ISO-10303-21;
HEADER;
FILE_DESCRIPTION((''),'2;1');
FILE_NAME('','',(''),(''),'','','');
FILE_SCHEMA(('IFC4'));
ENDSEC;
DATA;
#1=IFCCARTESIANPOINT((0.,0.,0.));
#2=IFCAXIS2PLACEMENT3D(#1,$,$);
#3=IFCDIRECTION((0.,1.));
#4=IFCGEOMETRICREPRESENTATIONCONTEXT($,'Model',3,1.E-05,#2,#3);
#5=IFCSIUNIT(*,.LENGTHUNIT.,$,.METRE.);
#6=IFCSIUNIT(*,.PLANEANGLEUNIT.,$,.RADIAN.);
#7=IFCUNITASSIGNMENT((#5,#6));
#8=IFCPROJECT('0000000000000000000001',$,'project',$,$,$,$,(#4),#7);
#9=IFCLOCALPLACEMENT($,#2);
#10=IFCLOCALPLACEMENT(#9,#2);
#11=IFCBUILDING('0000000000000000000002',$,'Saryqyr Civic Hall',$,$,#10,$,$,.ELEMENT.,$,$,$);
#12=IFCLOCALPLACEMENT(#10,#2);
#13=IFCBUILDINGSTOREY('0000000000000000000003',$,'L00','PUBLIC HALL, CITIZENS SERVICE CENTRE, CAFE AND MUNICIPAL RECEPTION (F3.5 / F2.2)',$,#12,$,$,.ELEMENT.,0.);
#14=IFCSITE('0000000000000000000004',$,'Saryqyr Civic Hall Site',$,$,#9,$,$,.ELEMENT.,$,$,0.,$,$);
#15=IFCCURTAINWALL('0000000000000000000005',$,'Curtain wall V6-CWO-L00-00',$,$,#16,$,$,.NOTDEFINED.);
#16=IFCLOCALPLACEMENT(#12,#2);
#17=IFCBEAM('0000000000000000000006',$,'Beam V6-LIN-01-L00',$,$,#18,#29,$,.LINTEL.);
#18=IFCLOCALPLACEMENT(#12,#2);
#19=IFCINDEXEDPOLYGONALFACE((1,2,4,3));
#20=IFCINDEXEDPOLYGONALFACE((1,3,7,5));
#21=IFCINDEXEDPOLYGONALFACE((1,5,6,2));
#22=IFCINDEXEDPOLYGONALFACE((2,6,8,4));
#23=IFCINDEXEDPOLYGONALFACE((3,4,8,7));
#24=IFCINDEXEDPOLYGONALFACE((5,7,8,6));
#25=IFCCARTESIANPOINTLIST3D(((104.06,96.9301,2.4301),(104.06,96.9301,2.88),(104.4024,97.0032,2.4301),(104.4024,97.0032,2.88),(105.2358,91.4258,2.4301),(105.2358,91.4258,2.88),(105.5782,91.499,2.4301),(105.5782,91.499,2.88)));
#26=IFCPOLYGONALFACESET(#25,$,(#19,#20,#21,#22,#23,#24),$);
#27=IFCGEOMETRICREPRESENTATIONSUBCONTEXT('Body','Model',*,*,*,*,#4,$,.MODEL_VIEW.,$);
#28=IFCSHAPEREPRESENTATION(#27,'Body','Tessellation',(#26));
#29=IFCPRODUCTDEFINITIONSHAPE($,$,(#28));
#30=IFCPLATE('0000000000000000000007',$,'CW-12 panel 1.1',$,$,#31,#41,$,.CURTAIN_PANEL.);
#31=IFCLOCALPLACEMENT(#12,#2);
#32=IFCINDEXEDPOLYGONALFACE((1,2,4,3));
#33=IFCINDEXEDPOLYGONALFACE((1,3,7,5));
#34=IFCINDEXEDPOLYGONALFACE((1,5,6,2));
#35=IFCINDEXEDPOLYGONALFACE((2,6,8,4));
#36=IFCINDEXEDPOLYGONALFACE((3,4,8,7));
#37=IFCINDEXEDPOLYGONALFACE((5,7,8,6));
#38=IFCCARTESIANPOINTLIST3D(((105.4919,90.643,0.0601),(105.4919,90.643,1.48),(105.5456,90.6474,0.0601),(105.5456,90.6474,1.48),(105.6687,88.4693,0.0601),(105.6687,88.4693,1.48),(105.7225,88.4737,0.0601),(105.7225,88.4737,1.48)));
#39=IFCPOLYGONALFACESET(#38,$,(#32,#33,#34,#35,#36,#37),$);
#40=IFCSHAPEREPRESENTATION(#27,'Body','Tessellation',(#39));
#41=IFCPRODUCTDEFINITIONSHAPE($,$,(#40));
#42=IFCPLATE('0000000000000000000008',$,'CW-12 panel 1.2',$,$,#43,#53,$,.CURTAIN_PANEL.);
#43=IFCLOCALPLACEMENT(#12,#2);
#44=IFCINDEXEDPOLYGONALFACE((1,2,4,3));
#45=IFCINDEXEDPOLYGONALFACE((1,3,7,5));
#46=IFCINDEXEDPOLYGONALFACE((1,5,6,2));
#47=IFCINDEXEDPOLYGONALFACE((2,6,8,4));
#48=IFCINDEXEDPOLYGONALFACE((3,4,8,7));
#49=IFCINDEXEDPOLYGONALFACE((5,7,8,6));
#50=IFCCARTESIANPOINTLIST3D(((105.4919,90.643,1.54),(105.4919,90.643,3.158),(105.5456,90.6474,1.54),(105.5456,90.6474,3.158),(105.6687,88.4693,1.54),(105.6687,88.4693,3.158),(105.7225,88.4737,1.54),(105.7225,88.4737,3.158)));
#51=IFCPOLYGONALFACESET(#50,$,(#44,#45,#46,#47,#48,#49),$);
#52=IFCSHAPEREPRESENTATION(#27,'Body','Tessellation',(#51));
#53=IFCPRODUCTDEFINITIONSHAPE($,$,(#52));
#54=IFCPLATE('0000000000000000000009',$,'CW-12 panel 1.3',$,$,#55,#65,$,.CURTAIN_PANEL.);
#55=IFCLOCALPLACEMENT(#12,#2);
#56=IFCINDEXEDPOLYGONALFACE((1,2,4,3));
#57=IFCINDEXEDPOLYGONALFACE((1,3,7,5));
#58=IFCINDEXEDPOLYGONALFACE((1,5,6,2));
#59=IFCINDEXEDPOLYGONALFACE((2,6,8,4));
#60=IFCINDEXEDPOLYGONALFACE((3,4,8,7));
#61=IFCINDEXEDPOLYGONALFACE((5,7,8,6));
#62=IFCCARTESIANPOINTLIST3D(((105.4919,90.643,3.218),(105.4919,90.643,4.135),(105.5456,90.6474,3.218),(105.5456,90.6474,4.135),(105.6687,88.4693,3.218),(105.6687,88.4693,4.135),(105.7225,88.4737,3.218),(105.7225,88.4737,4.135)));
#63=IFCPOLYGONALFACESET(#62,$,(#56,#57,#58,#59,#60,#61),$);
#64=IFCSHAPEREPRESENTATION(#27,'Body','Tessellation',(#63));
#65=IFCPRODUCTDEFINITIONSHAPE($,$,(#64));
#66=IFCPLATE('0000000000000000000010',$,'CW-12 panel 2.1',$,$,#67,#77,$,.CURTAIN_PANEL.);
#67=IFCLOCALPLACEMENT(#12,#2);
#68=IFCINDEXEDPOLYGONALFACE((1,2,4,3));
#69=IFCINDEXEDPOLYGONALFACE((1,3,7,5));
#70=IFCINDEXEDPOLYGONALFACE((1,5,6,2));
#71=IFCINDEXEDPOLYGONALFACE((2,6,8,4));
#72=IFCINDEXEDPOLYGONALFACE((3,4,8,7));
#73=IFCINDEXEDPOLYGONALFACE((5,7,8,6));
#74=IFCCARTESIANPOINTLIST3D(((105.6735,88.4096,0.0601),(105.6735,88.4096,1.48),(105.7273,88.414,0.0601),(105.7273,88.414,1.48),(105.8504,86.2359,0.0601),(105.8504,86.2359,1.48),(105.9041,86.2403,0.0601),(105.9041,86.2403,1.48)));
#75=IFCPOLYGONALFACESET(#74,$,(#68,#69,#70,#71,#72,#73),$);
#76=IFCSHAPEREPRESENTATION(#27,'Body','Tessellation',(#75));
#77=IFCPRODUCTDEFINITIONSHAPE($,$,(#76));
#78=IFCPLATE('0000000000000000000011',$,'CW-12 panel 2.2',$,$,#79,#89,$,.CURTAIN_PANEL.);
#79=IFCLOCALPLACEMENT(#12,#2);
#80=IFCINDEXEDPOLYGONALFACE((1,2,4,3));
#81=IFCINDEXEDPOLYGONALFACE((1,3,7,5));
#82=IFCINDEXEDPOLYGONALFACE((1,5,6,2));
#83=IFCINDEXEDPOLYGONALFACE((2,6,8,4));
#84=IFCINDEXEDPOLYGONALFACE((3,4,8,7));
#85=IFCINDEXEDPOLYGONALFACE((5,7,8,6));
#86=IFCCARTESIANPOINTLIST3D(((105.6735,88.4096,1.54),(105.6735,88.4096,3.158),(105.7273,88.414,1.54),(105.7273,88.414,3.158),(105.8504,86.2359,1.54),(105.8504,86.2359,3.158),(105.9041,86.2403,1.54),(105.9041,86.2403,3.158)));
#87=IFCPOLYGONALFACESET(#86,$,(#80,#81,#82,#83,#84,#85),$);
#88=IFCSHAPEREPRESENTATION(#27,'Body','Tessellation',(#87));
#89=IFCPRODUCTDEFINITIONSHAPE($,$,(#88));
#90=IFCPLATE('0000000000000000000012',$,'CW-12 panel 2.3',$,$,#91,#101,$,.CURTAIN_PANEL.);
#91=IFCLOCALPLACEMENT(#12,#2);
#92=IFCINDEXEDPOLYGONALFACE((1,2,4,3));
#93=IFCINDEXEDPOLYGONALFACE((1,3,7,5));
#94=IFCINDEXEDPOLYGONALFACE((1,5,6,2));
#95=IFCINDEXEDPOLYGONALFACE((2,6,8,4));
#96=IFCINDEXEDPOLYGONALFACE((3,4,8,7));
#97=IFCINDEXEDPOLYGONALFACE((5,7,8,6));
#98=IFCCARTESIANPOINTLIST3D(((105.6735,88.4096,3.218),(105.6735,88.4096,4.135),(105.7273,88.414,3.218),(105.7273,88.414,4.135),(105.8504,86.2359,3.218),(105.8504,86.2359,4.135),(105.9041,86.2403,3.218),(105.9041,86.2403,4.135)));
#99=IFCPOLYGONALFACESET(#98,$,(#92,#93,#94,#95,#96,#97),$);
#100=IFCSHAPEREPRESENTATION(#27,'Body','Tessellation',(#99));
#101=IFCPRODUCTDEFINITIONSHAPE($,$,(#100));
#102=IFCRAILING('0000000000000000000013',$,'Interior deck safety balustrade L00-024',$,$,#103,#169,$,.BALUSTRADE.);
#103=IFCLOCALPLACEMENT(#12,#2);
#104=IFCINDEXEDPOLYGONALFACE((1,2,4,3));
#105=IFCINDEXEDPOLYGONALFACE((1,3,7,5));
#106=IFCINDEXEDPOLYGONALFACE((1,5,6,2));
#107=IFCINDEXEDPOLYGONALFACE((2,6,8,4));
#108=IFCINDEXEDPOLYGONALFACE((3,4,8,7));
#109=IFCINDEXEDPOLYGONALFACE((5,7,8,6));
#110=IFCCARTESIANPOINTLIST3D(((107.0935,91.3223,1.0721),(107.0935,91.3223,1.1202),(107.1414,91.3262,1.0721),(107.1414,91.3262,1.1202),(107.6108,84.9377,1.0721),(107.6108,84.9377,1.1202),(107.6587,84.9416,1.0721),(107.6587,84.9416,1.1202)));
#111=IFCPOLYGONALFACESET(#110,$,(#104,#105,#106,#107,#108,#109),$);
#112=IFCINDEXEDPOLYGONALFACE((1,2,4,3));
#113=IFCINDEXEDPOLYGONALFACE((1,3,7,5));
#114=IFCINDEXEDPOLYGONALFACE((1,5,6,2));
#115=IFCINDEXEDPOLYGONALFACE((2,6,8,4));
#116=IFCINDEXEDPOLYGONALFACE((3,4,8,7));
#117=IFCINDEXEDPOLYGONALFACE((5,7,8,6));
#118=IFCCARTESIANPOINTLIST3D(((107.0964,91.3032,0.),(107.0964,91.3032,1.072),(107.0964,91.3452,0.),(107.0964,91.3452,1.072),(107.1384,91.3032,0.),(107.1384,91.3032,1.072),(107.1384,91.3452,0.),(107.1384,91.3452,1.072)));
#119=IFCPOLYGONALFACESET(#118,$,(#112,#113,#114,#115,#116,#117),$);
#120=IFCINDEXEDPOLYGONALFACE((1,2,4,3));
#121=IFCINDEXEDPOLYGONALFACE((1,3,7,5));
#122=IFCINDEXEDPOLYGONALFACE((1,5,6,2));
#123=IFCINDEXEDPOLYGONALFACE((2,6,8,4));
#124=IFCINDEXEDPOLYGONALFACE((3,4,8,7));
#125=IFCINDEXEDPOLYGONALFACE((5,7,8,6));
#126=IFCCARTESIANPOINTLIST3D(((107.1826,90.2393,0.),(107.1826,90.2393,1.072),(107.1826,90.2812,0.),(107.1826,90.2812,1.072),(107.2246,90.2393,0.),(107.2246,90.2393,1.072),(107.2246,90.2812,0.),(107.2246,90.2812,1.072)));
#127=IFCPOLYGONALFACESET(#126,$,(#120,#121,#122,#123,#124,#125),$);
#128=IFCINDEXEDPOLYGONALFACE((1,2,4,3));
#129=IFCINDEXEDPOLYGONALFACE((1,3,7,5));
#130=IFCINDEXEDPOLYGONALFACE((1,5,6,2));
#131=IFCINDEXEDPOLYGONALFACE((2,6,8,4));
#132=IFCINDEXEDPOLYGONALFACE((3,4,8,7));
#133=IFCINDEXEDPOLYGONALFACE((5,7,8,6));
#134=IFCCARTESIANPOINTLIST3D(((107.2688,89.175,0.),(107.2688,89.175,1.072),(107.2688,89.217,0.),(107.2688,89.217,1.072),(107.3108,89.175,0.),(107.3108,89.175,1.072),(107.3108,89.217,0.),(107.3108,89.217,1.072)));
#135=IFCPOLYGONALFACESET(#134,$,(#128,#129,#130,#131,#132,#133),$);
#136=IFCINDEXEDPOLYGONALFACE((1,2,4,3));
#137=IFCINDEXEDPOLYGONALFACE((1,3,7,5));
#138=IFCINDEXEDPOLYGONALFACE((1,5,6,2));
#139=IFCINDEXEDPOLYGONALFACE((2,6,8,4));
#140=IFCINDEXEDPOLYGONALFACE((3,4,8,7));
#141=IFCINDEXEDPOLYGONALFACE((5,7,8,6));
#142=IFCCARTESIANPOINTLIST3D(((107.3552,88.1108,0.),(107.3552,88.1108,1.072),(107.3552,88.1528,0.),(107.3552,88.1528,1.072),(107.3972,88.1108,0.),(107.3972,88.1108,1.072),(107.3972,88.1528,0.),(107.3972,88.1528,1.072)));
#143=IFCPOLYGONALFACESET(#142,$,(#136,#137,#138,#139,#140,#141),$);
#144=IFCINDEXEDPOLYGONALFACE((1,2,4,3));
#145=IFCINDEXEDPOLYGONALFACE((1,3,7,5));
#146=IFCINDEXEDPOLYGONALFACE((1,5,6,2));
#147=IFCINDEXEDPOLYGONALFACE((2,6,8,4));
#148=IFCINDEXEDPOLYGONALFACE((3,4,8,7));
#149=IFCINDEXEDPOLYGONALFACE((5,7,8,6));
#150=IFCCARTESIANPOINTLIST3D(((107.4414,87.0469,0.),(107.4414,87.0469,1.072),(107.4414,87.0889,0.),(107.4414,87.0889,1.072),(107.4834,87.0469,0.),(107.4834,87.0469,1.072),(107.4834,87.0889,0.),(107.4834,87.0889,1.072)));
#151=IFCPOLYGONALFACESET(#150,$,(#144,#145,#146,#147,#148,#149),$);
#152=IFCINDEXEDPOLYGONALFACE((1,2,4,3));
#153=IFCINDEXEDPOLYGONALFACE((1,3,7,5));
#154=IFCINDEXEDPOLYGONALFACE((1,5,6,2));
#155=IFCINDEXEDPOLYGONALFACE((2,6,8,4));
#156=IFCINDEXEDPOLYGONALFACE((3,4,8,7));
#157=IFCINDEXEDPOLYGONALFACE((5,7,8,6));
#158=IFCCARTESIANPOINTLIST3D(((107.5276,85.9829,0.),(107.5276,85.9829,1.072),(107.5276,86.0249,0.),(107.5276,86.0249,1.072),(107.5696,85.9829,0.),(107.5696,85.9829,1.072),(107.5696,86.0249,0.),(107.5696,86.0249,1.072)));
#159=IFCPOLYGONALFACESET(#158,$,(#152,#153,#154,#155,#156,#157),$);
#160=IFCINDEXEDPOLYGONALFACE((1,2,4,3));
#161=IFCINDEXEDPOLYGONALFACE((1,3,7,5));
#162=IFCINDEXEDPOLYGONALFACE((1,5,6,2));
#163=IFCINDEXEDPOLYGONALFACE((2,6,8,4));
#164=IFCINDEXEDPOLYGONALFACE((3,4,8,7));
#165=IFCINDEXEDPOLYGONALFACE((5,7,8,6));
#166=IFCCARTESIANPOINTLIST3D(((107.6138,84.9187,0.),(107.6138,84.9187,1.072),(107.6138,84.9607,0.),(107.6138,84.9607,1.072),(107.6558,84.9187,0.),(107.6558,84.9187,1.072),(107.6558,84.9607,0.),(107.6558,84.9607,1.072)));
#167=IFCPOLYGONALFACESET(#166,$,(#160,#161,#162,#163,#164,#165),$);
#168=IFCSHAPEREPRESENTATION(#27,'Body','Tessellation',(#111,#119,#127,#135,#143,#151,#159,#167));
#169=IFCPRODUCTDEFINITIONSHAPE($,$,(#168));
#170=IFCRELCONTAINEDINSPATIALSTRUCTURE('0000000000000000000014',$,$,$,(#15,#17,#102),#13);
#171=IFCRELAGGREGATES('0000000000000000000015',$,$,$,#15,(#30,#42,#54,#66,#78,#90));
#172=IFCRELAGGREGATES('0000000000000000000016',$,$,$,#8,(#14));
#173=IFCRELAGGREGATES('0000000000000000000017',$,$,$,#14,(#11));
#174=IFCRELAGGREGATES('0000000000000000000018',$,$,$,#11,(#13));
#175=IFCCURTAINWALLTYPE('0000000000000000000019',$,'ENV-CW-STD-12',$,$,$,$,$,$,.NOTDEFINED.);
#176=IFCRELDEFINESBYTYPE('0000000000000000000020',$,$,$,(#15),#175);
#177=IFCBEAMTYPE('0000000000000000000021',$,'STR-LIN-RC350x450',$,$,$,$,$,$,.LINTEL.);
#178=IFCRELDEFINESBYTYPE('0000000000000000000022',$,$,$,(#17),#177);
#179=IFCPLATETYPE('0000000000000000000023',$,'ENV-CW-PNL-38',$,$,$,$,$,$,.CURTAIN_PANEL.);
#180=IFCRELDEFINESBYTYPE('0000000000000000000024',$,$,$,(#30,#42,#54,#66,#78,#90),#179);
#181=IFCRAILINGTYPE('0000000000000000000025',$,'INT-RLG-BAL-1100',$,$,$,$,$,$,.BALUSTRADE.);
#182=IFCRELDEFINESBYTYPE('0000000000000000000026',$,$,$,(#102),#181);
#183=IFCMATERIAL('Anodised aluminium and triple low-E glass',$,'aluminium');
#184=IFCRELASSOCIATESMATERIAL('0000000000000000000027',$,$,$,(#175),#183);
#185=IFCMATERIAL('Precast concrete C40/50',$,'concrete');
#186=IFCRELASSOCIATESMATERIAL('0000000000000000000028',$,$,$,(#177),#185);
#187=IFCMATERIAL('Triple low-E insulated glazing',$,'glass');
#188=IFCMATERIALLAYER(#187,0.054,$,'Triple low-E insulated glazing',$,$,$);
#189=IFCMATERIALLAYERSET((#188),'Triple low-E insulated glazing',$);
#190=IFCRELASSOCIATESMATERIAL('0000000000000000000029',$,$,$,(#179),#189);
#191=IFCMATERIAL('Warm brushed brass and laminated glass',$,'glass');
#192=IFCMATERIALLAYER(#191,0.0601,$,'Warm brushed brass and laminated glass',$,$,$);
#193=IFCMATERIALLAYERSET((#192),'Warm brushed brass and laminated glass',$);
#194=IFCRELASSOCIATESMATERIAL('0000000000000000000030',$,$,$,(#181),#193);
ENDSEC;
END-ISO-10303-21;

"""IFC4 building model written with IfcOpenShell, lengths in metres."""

from ifc_helpers import new_model, si_unit, direction, frame, origin, origin_2d, place, context, subcontext, project, spatial, rectangle, extrude, material, layer, layer_set, material_profile, profile_set, type_object, element, aggregate, save


model = new_model("IFC4")

# Units and contexts
model_context = context("Model", 3, precision=1e-05, world=origin(), true_north=direction((0.0, 1.0)))
body_context = subcontext(model_context, "Body", "Model", "MODEL_VIEW")
ifc_project = project(units=[si_unit("LENGTHUNIT", "METRE"), si_unit("PLANEANGLEUNIT", "RADIAN")], contexts=[model_context])

# Site, building, storey
site_placement = place(None, origin())
site = spatial("IfcSite", under=ifc_project, at=site_placement, Name="Saryqyr Civic Hall Site", CompositionType="ELEMENT", RefElevation=0.0)
building_placement = place(site_placement, origin())
building = spatial("IfcBuilding", under=site, at=building_placement, Name="Saryqyr Civic Hall", CompositionType="ELEMENT")
storey_placement = place(building_placement, origin())
storey = spatial("IfcBuildingStorey", under=building, at=storey_placement, Name="L00", Description="PUBLIC HALL, CITIZENS SERVICE CENTRE, CAFE AND MUNICIPAL RECEPTION (F3.5 / F2.2)", CompositionType="ELEMENT", Elevation=0.0)

# Curtain wall
ifc_material_1 = material(Name="Anodised aluminium and triple low-E glass", Category="aluminium")
curtain_wall_type = type_object("IfcCurtainWallType", Name="ENV-CW-STD-12", PredefinedType="NOTDEFINED", material=ifc_material_1)
curtain_wall_placement = place(storey_placement, origin())
curtain_wall = element("IfcCurtainWall", 1, at=curtain_wall_placement, inside=storey, type_object=curtain_wall_type, Name="Curtain wall V6-CWO-L00-00", PredefinedType="NOTDEFINED")

# Beam
ifc_material_2 = material(Name="Precast concrete C40/50", Category="concrete")
ifc_material_profile_1 = material_profile(ifc_material_2, rectangle(XDim=0.3501, YDim=0.45, at=origin_2d()), Name="RC 350x450")
ifc_profile_set_1 = profile_set([ifc_material_profile_1], Name="Precast concrete C40/50")
beam_type_1 = type_object("IfcBeamType", Name="STR-LIN-RC350x450", PredefinedType="LINTEL", material=ifc_profile_set_1)
beam_1_placement = place(storey_placement, frame((105.407, 91.4624, 2.655), z_axis=(-0.208904, 0.977936, 0.0), x_axis=(-0.977936, -0.208904, 0.0)))
element("IfcBeam", 2, at=beam_1_placement, inside=storey, type_object=beam_type_1, Name="Beam V6-LIN-01-L00", PredefinedType="LINTEL", context=body_context, shape_type="SweptSolid", body=[
    extrude(rectangle(XDim=0.3501, YDim=0.45, at=origin_2d()), origin(), (0.0, 0.0, 1.0), 5.6284),
])

# Plates
ifc_material_3 = material(Name="Triple low-E insulated glazing", Category="glass")
ifc_layer_1 = layer(ifc_material_3, 0.054, Name="Triple low-E insulated glazing")
ifc_layer_set_1 = layer_set([ifc_layer_1], Name="Triple low-E insulated glazing")
plate_type = type_object("IfcPlateType", Name="ENV-CW-PNL-38", PredefinedType="CURTAIN_PANEL", material=ifc_layer_set_1)
plate_1_placement = place(storey_placement, frame((105.6072, 89.5583, 0.0601), z_axis=(0.0, 0.0, 1.0), x_axis=(0.081094, -0.996706, 0.0)))
plate_1 = element("IfcPlate", 3, at=plate_1_placement, type_object=plate_type, Name="CW-12 panel 1.1", PredefinedType="CURTAIN_PANEL", context=body_context, shape_type="SweptSolid", body=[
    extrude(rectangle(XDim=2.1809, YDim=0.054, at=origin_2d()), origin(), (0.0, 0.0, 1.0), 1.4199),
])
plate_2_placement = place(storey_placement, frame((105.6072, 89.5583, 1.54), z_axis=(0.0, 0.0, 1.0), x_axis=(0.081094, -0.996706, 0.0)))
plate_2 = element("IfcPlate", 4, at=plate_2_placement, type_object=plate_type, Name="CW-12 panel 1.2", PredefinedType="CURTAIN_PANEL", context=body_context, shape_type="SweptSolid", body=[
    extrude(rectangle(XDim=2.1809, YDim=0.054, at=origin_2d()), origin(), (0.0, 0.0, 1.0), 1.6179),
])
plate_3_placement = place(storey_placement, frame((105.6072, 89.5583, 3.218), z_axis=(0.0, 0.0, 1.0), x_axis=(0.081094, -0.996706, 0.0)))
plate_3 = element("IfcPlate", 5, at=plate_3_placement, type_object=plate_type, Name="CW-12 panel 1.3", PredefinedType="CURTAIN_PANEL", context=body_context, shape_type="SweptSolid", body=[
    extrude(rectangle(XDim=2.1809, YDim=0.054, at=origin_2d()), origin(), (0.0, 0.0, 1.0), 0.917),
])
plate_4_placement = place(storey_placement, frame((105.7888, 87.325, 0.0601), z_axis=(0.0, 0.0, 1.0), x_axis=(0.081094, -0.996706, 0.0)))
plate_4 = element("IfcPlate", 6, at=plate_4_placement, type_object=plate_type, Name="CW-12 panel 2.1", PredefinedType="CURTAIN_PANEL", context=body_context, shape_type="SweptSolid", body=[
    extrude(rectangle(XDim=2.1809, YDim=0.054, at=origin_2d()), origin(), (0.0, 0.0, 1.0), 1.4199),
])
plate_5_placement = place(storey_placement, frame((105.7888, 87.325, 1.54), z_axis=(0.0, 0.0, 1.0), x_axis=(0.081094, -0.996706, 0.0)))
plate_5 = element("IfcPlate", 7, at=plate_5_placement, type_object=plate_type, Name="CW-12 panel 2.2", PredefinedType="CURTAIN_PANEL", context=body_context, shape_type="SweptSolid", body=[
    extrude(rectangle(XDim=2.1809, YDim=0.054, at=origin_2d()), origin(), (0.0, 0.0, 1.0), 1.6179),
])
plate_6_placement = place(storey_placement, frame((105.7888, 87.325, 3.218), z_axis=(0.0, 0.0, 1.0), x_axis=(0.081094, -0.996706, 0.0)))
plate_6 = element("IfcPlate", 8, at=plate_6_placement, type_object=plate_type, Name="CW-12 panel 2.3", PredefinedType="CURTAIN_PANEL", context=body_context, shape_type="SweptSolid", body=[
    extrude(rectangle(XDim=2.1809, YDim=0.054, at=origin_2d()), origin(), (0.0, 0.0, 1.0), 0.917),
])
aggregate(curtain_wall, [plate_1, plate_2, plate_3, plate_4, plate_5, plate_6])

# Railing
ifc_material_4 = material(Name="Warm brushed brass and laminated glass", Category="glass")
ifc_layer_2 = layer(ifc_material_4, 0.0601, Name="Warm brushed brass and laminated glass")
ifc_layer_set_2 = layer_set([ifc_layer_2], Name="Warm brushed brass and laminated glass")
railing_type = type_object("IfcRailingType", Name="INT-RLG-BAL-1100", PredefinedType="BALUSTRADE", material=ifc_layer_set_2)
railing_placement = place(storey_placement, frame((107.1174, 91.3242, 0.0)))
element("IfcRailing", 9, at=railing_placement, inside=storey, type_object=railing_type, Name="Interior deck safety balustrade L00-024", PredefinedType="BALUSTRADE", context=body_context, shape_type="SweptSolid", body=[
    extrude(rectangle(XDim=0.0481, YDim=0.0481, at=origin_2d()), frame((0.0, 0.0, 1.0962), z_axis=(0.080765, -0.996733, 0.0), x_axis=(0.996733, 0.080765, 0.0)), (0.0, 0.0, 1.0), 6.4055),
    extrude(rectangle(XDim=0.042, YDim=0.042, at=origin_2d()), origin(), (0.0, 0.0, 1.0), 1.072),
    extrude(rectangle(XDim=0.042, YDim=0.042, at=origin_2d()), frame((0.0862, -1.064, 0.0)), (0.0, 0.0, 1.0), 1.072),
    extrude(rectangle(XDim=0.042, YDim=0.042, at=origin_2d()), frame((0.1724, -2.1282, 0.0)), (0.0, 0.0, 1.0), 1.072),
    extrude(rectangle(XDim=0.042, YDim=0.042, at=origin_2d()), frame((0.2588, -3.1924, 0.0)), (0.0, 0.0, 1.0), 1.072),
    extrude(rectangle(XDim=0.042, YDim=0.042, at=origin_2d()), frame((0.345, -4.2563, 0.0)), (0.0, 0.0, 1.0), 1.072),
    extrude(rectangle(XDim=0.042, YDim=0.042, at=origin_2d()), frame((0.4312, -5.3203, 0.0)), (0.0, 0.0, 1.0), 1.072),
    extrude(rectangle(XDim=0.042, YDim=0.042, at=origin_2d()), frame((0.5173, -6.3845, 0.0)), (0.0, 0.0, 1.0), 1.072),
])

save(model, "model.ifc")
